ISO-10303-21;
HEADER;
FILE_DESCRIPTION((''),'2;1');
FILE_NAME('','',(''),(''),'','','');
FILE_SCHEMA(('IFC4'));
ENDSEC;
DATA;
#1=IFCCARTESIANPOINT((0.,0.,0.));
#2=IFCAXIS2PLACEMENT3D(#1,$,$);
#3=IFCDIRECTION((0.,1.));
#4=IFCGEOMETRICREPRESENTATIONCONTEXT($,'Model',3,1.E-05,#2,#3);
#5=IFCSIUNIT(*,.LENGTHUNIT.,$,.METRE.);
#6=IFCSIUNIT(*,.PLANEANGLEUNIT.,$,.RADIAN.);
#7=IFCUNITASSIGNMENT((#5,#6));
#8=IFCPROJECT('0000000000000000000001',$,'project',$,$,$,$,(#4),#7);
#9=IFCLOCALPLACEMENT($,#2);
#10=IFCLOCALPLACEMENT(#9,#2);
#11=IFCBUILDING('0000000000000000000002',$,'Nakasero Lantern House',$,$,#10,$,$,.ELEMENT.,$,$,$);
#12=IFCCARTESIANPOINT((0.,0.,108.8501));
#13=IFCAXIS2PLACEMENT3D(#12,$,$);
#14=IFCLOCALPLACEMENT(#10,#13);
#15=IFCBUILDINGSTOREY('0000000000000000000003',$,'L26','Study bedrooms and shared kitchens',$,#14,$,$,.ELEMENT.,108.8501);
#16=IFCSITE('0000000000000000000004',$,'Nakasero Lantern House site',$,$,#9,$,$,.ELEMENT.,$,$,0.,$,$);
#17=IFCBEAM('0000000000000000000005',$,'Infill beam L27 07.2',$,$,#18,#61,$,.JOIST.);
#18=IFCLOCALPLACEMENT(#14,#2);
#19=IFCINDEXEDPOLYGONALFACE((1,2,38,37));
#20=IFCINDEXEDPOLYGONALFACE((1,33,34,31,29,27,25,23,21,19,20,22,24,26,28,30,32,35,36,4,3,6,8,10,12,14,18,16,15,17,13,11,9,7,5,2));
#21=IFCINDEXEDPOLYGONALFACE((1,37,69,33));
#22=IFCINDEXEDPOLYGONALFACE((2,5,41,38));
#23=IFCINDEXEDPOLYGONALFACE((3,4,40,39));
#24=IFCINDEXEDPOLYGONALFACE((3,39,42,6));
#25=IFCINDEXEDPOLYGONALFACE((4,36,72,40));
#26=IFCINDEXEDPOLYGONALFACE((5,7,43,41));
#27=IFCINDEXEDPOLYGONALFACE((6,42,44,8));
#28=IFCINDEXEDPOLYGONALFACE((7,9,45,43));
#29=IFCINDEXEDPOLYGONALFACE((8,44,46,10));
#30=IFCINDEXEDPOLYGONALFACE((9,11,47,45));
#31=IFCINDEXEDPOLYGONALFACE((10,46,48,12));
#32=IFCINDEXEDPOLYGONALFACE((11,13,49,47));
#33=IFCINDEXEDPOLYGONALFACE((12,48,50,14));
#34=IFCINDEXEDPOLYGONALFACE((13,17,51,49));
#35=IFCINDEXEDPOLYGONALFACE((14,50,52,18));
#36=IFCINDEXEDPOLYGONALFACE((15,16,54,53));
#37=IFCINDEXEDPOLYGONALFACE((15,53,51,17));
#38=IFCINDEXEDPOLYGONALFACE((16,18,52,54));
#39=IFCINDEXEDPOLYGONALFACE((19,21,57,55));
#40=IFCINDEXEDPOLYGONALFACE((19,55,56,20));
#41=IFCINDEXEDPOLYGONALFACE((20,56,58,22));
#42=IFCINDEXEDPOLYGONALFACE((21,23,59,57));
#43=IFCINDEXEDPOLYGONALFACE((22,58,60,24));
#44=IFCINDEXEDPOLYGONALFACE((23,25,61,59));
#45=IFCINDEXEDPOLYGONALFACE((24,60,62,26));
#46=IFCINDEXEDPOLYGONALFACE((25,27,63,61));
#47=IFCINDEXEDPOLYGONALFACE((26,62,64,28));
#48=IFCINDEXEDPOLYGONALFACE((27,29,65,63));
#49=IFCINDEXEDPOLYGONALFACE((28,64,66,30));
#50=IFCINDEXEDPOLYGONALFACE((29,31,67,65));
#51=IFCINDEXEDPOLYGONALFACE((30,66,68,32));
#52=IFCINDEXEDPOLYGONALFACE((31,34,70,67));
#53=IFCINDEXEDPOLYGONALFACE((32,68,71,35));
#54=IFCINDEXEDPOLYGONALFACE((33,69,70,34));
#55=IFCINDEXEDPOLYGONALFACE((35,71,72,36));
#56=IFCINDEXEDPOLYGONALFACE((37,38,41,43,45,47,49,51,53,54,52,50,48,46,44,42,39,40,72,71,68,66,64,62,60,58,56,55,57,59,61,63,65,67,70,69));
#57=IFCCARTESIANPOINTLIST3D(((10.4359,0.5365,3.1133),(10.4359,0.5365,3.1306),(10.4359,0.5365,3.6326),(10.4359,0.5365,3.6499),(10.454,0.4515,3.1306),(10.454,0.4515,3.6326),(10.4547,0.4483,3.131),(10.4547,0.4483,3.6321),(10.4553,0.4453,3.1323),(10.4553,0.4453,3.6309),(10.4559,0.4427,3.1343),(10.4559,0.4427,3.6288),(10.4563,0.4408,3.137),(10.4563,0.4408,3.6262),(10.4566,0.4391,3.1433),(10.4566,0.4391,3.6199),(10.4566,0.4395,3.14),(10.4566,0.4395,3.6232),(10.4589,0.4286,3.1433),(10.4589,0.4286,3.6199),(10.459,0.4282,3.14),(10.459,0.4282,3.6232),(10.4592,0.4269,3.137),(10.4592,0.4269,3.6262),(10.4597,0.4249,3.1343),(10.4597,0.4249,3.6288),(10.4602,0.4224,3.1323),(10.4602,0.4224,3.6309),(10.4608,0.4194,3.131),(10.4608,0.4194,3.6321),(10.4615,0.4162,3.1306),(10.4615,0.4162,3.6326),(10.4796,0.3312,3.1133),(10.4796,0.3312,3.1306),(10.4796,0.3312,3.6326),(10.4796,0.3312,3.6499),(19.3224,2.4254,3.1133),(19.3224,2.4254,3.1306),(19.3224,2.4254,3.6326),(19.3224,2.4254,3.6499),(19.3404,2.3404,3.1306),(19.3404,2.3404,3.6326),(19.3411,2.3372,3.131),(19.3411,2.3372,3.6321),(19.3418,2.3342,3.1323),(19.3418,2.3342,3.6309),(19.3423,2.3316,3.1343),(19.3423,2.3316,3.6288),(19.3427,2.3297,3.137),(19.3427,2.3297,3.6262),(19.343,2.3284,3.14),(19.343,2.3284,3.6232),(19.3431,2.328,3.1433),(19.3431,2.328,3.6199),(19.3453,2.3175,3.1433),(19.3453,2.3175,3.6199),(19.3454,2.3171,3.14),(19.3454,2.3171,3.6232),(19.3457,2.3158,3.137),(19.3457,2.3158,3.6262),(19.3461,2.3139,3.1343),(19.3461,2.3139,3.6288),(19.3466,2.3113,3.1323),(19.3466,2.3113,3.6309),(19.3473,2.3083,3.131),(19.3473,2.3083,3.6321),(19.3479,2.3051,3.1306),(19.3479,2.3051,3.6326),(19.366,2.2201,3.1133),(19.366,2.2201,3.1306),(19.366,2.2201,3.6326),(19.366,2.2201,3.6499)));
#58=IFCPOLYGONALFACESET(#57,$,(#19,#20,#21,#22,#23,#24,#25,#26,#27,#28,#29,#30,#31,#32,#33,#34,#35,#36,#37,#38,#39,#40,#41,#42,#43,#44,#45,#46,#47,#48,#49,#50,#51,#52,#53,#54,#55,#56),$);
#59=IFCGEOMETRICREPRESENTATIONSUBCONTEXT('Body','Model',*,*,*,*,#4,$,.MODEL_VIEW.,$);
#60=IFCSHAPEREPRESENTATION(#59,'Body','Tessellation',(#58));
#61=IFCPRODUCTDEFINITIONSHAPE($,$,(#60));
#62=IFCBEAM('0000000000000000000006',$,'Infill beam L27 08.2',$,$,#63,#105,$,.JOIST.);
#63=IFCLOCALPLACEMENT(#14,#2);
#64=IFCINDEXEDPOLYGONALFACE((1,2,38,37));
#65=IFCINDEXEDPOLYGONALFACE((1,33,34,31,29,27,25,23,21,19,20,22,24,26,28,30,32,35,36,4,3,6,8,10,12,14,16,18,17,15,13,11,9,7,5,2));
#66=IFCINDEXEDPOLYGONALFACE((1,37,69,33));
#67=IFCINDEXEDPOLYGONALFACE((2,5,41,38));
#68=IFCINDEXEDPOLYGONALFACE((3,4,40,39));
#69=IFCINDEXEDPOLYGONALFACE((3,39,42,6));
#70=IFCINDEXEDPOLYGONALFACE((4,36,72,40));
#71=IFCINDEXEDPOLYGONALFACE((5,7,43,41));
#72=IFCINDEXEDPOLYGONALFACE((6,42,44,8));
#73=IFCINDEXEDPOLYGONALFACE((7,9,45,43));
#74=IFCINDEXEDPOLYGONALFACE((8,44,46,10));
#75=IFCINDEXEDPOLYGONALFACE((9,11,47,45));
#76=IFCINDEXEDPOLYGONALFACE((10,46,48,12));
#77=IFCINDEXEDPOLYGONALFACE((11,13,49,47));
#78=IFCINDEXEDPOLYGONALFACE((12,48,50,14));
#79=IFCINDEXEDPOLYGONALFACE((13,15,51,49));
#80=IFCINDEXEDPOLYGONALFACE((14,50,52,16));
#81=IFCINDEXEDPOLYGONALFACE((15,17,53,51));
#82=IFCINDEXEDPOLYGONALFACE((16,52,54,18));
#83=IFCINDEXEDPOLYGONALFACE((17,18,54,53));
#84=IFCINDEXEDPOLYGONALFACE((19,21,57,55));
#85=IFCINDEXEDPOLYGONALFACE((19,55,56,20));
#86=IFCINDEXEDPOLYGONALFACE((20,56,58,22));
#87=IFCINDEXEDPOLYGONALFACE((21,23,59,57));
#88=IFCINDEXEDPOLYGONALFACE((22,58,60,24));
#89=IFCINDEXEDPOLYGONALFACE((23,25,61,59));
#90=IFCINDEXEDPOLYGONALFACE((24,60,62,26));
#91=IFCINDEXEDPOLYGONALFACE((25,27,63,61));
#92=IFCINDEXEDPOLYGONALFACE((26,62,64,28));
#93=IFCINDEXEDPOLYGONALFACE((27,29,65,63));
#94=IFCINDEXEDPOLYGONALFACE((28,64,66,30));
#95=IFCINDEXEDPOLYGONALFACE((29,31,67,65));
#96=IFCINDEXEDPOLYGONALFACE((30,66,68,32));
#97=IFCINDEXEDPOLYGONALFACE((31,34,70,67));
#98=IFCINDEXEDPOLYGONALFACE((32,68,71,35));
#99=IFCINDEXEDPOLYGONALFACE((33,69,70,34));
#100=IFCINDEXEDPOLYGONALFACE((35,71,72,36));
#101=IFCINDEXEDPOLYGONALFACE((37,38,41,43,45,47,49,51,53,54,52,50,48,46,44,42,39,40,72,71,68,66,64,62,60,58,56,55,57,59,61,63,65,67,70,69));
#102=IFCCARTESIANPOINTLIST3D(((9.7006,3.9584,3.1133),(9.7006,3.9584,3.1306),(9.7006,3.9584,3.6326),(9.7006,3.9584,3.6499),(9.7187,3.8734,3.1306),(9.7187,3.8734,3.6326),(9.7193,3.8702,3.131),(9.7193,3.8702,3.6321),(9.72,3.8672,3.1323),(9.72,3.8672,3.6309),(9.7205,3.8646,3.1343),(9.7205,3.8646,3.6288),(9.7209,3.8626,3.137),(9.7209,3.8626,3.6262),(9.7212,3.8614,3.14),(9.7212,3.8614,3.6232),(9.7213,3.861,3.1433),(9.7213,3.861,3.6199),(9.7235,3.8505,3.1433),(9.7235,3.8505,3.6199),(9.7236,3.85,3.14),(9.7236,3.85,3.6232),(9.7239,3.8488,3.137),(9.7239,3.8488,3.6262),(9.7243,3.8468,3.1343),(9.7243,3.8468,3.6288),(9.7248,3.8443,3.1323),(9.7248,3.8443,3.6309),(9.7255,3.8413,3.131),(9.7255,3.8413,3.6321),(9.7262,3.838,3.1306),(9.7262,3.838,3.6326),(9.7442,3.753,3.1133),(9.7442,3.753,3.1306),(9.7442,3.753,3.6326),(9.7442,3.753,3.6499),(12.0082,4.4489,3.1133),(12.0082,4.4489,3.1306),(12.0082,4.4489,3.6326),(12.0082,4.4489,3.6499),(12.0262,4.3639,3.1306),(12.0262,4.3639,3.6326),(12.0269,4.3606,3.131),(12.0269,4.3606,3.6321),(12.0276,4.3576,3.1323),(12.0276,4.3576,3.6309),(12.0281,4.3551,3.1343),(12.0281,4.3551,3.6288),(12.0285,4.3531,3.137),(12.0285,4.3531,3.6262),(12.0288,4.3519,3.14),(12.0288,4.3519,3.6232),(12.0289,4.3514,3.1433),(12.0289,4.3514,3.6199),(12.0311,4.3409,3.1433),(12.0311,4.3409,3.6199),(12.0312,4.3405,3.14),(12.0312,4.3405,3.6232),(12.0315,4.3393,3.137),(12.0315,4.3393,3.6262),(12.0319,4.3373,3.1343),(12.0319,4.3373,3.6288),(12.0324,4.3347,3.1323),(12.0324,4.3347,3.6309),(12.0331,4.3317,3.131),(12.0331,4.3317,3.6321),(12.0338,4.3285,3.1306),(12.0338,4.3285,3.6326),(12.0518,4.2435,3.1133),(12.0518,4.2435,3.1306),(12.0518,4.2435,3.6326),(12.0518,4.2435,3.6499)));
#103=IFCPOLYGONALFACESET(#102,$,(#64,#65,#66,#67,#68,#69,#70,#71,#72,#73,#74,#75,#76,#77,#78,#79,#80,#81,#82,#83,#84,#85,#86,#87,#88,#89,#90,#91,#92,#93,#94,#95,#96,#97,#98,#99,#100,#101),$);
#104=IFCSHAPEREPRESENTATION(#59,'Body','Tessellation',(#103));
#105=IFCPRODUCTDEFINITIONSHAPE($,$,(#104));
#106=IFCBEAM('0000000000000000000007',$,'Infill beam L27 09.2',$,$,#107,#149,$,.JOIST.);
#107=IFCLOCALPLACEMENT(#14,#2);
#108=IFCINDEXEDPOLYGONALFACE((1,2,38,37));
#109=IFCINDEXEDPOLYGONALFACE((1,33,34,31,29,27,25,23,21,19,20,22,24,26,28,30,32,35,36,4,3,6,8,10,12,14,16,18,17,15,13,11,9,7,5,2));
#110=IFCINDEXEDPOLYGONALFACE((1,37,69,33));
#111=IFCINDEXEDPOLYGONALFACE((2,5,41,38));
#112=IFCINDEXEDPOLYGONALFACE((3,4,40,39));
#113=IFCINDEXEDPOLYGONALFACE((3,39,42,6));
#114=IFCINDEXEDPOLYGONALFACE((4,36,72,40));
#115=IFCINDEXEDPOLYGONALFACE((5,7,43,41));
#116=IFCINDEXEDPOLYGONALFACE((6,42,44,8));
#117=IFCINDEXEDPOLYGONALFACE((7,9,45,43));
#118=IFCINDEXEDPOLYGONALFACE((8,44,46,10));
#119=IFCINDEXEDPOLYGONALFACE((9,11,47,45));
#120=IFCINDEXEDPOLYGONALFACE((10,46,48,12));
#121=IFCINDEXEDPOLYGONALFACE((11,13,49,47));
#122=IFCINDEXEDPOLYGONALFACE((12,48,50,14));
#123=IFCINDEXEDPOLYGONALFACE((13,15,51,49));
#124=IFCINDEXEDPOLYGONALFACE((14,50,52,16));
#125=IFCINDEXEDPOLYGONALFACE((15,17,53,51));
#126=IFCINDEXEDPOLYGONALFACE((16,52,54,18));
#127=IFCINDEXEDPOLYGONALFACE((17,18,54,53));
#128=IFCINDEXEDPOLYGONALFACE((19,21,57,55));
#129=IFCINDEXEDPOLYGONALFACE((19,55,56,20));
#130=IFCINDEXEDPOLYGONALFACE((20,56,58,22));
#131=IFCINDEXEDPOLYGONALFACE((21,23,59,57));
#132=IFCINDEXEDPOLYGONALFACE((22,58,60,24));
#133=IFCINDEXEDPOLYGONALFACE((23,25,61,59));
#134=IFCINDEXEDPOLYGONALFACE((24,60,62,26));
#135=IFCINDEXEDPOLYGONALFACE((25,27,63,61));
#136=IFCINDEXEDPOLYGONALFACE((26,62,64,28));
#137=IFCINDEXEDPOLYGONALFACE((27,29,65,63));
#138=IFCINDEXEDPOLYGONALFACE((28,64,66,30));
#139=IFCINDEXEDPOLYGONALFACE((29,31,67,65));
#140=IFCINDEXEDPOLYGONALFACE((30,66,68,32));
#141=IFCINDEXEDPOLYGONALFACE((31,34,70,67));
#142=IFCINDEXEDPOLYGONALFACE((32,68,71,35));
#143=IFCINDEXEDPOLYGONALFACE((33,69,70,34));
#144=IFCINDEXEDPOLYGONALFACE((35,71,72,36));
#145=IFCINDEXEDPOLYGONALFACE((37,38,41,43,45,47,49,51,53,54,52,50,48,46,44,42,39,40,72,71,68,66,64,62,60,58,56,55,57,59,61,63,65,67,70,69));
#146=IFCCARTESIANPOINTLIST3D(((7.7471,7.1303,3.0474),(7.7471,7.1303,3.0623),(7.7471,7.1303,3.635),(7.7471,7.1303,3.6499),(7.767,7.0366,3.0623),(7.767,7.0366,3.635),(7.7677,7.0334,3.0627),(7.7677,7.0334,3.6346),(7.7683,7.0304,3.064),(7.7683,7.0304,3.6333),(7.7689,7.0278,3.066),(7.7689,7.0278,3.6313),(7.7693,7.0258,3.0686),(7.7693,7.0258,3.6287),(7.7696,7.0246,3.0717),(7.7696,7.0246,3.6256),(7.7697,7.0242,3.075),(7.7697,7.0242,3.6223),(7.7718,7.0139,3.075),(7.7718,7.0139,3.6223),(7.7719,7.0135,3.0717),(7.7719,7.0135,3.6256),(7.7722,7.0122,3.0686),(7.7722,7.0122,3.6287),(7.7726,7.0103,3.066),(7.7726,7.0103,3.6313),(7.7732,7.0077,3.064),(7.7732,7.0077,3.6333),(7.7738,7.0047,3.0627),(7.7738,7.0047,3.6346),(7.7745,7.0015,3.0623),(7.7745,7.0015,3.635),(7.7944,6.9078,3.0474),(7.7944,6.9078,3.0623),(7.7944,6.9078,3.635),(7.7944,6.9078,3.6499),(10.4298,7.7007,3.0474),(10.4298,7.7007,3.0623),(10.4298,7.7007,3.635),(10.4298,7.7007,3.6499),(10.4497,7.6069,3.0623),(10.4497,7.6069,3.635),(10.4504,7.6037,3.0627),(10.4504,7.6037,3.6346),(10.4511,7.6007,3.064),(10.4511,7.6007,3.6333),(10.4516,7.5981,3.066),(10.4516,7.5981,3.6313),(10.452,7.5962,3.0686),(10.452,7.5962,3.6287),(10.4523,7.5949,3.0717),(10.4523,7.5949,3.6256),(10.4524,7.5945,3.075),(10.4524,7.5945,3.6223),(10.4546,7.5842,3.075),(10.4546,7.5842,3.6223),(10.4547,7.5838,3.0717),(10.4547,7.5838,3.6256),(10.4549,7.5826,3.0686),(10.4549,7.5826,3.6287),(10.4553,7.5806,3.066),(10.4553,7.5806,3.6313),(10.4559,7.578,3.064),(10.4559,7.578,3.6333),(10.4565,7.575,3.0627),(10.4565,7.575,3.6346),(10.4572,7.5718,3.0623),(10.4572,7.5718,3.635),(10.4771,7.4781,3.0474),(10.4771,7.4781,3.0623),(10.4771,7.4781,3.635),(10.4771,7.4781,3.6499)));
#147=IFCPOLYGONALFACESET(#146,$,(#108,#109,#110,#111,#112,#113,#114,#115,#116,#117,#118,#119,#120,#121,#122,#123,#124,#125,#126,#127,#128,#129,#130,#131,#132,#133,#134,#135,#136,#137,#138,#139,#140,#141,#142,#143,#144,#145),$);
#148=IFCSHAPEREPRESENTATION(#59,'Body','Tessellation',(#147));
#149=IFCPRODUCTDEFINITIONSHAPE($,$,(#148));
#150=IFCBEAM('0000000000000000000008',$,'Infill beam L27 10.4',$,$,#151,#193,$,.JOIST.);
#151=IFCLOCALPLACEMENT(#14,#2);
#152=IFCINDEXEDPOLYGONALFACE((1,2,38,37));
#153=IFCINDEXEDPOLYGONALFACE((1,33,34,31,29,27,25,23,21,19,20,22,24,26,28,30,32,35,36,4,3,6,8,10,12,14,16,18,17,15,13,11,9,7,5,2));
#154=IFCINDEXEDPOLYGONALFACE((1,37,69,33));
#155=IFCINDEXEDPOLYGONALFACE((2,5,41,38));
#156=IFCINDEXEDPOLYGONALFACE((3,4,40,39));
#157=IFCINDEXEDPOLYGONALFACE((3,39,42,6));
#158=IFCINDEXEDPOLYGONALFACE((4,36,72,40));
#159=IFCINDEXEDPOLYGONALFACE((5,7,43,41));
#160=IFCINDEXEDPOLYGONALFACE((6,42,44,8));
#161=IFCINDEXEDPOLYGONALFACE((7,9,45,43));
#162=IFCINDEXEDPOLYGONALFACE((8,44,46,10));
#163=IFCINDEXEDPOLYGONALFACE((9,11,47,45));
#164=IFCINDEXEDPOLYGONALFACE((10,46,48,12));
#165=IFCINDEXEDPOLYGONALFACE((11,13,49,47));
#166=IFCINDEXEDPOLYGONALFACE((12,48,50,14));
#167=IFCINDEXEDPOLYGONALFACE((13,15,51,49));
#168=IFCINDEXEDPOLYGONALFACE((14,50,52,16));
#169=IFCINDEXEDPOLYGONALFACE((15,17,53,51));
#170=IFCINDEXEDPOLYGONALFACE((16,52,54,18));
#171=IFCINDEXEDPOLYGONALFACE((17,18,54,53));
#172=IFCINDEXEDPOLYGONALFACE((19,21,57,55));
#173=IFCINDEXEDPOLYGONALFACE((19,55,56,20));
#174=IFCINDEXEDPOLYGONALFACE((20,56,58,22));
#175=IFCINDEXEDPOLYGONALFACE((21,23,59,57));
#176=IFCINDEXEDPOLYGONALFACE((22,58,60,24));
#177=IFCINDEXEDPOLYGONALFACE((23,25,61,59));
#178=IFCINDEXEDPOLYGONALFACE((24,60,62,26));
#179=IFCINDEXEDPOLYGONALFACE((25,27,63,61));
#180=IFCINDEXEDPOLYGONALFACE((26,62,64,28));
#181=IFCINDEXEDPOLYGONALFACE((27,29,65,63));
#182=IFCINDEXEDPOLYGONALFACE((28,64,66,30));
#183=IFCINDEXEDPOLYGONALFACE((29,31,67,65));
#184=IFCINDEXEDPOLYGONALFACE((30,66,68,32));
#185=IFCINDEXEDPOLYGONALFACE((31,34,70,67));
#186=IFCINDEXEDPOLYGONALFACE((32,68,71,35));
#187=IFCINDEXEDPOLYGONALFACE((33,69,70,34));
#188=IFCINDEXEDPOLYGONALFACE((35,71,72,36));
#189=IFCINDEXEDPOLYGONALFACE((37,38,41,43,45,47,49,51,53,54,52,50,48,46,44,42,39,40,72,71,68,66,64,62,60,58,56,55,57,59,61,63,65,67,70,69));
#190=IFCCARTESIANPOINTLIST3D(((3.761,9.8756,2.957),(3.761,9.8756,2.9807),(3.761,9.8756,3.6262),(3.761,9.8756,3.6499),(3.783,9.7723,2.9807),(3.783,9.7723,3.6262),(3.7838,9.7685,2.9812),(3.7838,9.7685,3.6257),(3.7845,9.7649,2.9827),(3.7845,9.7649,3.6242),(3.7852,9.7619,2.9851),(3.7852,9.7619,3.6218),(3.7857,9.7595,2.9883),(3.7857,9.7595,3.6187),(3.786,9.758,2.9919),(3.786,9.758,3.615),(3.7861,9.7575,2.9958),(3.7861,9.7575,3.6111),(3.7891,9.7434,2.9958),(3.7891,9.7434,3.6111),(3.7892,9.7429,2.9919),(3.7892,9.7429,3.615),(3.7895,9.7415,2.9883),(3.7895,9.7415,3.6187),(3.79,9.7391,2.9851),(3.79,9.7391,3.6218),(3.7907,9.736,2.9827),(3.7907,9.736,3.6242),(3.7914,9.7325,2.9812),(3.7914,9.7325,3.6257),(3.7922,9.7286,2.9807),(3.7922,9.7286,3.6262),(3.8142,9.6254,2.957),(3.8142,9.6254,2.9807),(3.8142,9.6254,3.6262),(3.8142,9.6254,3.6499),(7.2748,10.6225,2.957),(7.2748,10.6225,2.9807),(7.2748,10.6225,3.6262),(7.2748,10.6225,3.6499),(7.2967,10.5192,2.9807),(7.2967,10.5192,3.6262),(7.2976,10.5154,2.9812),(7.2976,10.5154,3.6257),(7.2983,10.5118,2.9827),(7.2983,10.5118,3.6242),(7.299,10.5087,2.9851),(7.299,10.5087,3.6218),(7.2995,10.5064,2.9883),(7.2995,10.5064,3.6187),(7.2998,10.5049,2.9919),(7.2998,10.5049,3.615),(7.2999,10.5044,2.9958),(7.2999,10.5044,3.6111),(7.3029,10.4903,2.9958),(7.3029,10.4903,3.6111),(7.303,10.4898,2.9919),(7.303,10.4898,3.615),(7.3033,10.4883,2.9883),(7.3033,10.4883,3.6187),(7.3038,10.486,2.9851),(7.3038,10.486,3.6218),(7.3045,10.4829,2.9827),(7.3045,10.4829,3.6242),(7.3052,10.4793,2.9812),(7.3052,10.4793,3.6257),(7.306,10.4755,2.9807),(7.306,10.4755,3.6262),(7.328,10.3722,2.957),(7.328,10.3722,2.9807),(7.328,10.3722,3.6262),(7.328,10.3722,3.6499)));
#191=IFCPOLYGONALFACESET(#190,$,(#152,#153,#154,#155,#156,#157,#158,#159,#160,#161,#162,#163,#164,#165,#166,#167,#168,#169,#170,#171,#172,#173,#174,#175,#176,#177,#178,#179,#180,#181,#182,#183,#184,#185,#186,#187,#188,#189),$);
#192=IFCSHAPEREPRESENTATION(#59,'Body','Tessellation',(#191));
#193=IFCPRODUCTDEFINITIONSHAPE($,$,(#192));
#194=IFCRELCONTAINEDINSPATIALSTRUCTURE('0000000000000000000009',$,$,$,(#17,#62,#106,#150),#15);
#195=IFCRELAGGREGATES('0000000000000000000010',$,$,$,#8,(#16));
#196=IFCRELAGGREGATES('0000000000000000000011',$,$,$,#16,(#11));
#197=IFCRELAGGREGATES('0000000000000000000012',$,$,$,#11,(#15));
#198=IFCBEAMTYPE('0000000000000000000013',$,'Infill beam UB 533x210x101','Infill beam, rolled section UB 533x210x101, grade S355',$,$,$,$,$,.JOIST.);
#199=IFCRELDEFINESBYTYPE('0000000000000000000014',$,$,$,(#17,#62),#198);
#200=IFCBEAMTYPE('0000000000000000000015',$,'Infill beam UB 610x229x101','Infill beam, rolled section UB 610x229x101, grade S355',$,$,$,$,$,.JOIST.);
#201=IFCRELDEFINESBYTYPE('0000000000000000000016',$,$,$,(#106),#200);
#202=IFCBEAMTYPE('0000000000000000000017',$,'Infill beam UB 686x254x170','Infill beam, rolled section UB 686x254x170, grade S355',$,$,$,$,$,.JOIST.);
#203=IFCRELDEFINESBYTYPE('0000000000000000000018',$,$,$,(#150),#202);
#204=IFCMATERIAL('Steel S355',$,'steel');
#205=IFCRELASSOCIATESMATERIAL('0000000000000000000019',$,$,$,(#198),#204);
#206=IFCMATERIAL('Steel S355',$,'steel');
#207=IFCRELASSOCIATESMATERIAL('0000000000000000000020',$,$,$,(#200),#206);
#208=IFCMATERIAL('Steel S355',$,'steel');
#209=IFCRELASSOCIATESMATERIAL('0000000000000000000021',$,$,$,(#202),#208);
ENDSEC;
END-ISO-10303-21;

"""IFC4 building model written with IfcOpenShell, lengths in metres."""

from ifc_helpers import new_model, si_unit, direction, frame, origin, origin_2d, place, context, subcontext, project, spatial, i_section, extrude, material, material_profile, profile_set, type_object, element, save


model = new_model("IFC4")

# Units and contexts
model_context = context("Model", 3, precision=1e-05, world=origin(), true_north=direction((0.0, 1.0)))
body_context = subcontext(model_context, "Body", "Model", "MODEL_VIEW")
ifc_project = project(units=[si_unit("LENGTHUNIT", "METRE"), si_unit("PLANEANGLEUNIT", "RADIAN")], contexts=[model_context])

# Site, building, storey
site_placement = place(None, origin())
site = spatial("IfcSite", under=ifc_project, at=site_placement, Name="Nakasero Lantern House site", CompositionType="ELEMENT", RefElevation=0.0)
building_placement = place(site_placement, origin())
building = spatial("IfcBuilding", under=site, at=building_placement, Name="Nakasero Lantern House", CompositionType="ELEMENT")
storey_placement = place(building_placement, frame((0.0, 0.0, 108.8501)))
storey = spatial("IfcBuildingStorey", under=building, at=storey_placement, Name="L26", Description="Study bedrooms and shared kitchens", CompositionType="ELEMENT", Elevation=108.8501)

# Beams
ifc_material_1 = material(Name="Steel S355", Category="steel")
ifc_material_profile_1 = material_profile(ifc_material_1, i_section(OverallWidth=0.21, OverallDepth=0.5366, WebThickness=0.0107, FlangeThickness=0.0173, FilletRadius=0.0127, at=origin_2d()), Name="UB 533x210x101")
ifc_profile_set_1 = profile_set([ifc_material_profile_1], Name="Steel S355")
beam_type_1 = type_object("IfcBeamType", Name="Infill beam UB 533x210x101", Description="Infill beam, rolled section UB 533x210x101, grade S355", PredefinedType="JOIST", material=ifc_profile_set_1)
beam_1_placement = place(storey_placement, frame((10.4578, 0.4338, 3.3816), z_axis=(0.978147, 0.207916, 0.0), x_axis=(-0.207916, 0.978147, 0.0)))
element("IfcBeam", 1, at=beam_1_placement, inside=storey, type_object=beam_type_1, Name="Infill beam L27 07.2", PredefinedType="JOIST", context=body_context, shape_type="SweptSolid", body=[
    extrude(i_section(OverallWidth=0.21, OverallDepth=0.5366, WebThickness=0.0107, FlangeThickness=0.0173, FilletRadius=0.0127, at=origin_2d()), origin(), (0.0, 0.0, 1.0), 9.085),
])
beam_2_placement = place(storey_placement, frame((9.7224, 3.8557, 3.3816), z_axis=(0.978149, 0.207903, 0.0), x_axis=(-0.207903, 0.978149, 0.0)))
element("IfcBeam", 2, at=beam_2_placement, inside=storey, type_object=beam_type_1, Name="Infill beam L27 08.2", PredefinedType="JOIST", context=body_context, shape_type="SweptSolid", body=[
    extrude(i_section(OverallWidth=0.21, OverallDepth=0.5366, WebThickness=0.0107, FlangeThickness=0.0173, FilletRadius=0.0127, at=origin_2d()), origin(), (0.0, 0.0, 1.0), 2.3591),
])
ifc_material_2 = material(Name="Steel S355", Category="steel")
ifc_material_profile_2 = material_profile(ifc_material_2, i_section(OverallWidth=0.2275, OverallDepth=0.6025, WebThickness=0.0105, FlangeThickness=0.0149, FilletRadius=0.0127, at=origin_2d()), Name="UB 610x229x101")
ifc_profile_set_2 = profile_set([ifc_material_profile_2], Name="Steel S355")
beam_type_2 = type_object("IfcBeamType", Name="Infill beam UB 610x229x101", Description="Infill beam, rolled section UB 610x229x101, grade S355", PredefinedType="JOIST", material=ifc_profile_set_2)
beam_3_placement = place(storey_placement, frame((7.7708, 7.019, 3.3486), z_axis=(0.97814, 0.207948, 0.0), x_axis=(-0.207948, 0.97814, 0.0)))
element("IfcBeam", 3, at=beam_3_placement, inside=storey, type_object=beam_type_2, Name="Infill beam L27 09.2", PredefinedType="JOIST", context=body_context, shape_type="SweptSolid", body=[
    extrude(i_section(OverallWidth=0.2275, OverallDepth=0.6025, WebThickness=0.0105, FlangeThickness=0.0149, FilletRadius=0.0127, at=origin_2d()), origin(), (0.0, 0.0, 1.0), 2.7427),
])
ifc_material_3 = material(Name="Steel S355", Category="steel")
ifc_material_profile_3 = material_profile(ifc_material_3, i_section(OverallWidth=0.2559, OverallDepth=0.6929, WebThickness=0.0144, FlangeThickness=0.0237, FilletRadius=0.0151, at=origin_2d()), Name="UB 686x254x170")
ifc_profile_set_3 = profile_set([ifc_material_profile_3], Name="Steel S355")
beam_type_3 = type_object("IfcBeamType", Name="Infill beam UB 686x254x170", Description="Infill beam, rolled section UB 686x254x170, grade S355", PredefinedType="JOIST", material=ifc_profile_set_3)
beam_4_placement = place(storey_placement, frame((3.7876, 9.7505, 3.3035), z_axis=(0.978149, 0.207904, 0.0), x_axis=(-0.207904, 0.978149, 0.0)))
element("IfcBeam", 4, at=beam_4_placement, inside=storey, type_object=beam_type_3, Name="Infill beam L27 10.4", PredefinedType="JOIST", context=body_context, shape_type="SweptSolid", body=[
    extrude(i_section(OverallWidth=0.2559, OverallDepth=0.6929, WebThickness=0.0144, FlangeThickness=0.0237, FilletRadius=0.0151, at=origin_2d()), origin(), (0.0, 0.0, 1.0), 3.5923),
])

save(model, "model.ifc")
